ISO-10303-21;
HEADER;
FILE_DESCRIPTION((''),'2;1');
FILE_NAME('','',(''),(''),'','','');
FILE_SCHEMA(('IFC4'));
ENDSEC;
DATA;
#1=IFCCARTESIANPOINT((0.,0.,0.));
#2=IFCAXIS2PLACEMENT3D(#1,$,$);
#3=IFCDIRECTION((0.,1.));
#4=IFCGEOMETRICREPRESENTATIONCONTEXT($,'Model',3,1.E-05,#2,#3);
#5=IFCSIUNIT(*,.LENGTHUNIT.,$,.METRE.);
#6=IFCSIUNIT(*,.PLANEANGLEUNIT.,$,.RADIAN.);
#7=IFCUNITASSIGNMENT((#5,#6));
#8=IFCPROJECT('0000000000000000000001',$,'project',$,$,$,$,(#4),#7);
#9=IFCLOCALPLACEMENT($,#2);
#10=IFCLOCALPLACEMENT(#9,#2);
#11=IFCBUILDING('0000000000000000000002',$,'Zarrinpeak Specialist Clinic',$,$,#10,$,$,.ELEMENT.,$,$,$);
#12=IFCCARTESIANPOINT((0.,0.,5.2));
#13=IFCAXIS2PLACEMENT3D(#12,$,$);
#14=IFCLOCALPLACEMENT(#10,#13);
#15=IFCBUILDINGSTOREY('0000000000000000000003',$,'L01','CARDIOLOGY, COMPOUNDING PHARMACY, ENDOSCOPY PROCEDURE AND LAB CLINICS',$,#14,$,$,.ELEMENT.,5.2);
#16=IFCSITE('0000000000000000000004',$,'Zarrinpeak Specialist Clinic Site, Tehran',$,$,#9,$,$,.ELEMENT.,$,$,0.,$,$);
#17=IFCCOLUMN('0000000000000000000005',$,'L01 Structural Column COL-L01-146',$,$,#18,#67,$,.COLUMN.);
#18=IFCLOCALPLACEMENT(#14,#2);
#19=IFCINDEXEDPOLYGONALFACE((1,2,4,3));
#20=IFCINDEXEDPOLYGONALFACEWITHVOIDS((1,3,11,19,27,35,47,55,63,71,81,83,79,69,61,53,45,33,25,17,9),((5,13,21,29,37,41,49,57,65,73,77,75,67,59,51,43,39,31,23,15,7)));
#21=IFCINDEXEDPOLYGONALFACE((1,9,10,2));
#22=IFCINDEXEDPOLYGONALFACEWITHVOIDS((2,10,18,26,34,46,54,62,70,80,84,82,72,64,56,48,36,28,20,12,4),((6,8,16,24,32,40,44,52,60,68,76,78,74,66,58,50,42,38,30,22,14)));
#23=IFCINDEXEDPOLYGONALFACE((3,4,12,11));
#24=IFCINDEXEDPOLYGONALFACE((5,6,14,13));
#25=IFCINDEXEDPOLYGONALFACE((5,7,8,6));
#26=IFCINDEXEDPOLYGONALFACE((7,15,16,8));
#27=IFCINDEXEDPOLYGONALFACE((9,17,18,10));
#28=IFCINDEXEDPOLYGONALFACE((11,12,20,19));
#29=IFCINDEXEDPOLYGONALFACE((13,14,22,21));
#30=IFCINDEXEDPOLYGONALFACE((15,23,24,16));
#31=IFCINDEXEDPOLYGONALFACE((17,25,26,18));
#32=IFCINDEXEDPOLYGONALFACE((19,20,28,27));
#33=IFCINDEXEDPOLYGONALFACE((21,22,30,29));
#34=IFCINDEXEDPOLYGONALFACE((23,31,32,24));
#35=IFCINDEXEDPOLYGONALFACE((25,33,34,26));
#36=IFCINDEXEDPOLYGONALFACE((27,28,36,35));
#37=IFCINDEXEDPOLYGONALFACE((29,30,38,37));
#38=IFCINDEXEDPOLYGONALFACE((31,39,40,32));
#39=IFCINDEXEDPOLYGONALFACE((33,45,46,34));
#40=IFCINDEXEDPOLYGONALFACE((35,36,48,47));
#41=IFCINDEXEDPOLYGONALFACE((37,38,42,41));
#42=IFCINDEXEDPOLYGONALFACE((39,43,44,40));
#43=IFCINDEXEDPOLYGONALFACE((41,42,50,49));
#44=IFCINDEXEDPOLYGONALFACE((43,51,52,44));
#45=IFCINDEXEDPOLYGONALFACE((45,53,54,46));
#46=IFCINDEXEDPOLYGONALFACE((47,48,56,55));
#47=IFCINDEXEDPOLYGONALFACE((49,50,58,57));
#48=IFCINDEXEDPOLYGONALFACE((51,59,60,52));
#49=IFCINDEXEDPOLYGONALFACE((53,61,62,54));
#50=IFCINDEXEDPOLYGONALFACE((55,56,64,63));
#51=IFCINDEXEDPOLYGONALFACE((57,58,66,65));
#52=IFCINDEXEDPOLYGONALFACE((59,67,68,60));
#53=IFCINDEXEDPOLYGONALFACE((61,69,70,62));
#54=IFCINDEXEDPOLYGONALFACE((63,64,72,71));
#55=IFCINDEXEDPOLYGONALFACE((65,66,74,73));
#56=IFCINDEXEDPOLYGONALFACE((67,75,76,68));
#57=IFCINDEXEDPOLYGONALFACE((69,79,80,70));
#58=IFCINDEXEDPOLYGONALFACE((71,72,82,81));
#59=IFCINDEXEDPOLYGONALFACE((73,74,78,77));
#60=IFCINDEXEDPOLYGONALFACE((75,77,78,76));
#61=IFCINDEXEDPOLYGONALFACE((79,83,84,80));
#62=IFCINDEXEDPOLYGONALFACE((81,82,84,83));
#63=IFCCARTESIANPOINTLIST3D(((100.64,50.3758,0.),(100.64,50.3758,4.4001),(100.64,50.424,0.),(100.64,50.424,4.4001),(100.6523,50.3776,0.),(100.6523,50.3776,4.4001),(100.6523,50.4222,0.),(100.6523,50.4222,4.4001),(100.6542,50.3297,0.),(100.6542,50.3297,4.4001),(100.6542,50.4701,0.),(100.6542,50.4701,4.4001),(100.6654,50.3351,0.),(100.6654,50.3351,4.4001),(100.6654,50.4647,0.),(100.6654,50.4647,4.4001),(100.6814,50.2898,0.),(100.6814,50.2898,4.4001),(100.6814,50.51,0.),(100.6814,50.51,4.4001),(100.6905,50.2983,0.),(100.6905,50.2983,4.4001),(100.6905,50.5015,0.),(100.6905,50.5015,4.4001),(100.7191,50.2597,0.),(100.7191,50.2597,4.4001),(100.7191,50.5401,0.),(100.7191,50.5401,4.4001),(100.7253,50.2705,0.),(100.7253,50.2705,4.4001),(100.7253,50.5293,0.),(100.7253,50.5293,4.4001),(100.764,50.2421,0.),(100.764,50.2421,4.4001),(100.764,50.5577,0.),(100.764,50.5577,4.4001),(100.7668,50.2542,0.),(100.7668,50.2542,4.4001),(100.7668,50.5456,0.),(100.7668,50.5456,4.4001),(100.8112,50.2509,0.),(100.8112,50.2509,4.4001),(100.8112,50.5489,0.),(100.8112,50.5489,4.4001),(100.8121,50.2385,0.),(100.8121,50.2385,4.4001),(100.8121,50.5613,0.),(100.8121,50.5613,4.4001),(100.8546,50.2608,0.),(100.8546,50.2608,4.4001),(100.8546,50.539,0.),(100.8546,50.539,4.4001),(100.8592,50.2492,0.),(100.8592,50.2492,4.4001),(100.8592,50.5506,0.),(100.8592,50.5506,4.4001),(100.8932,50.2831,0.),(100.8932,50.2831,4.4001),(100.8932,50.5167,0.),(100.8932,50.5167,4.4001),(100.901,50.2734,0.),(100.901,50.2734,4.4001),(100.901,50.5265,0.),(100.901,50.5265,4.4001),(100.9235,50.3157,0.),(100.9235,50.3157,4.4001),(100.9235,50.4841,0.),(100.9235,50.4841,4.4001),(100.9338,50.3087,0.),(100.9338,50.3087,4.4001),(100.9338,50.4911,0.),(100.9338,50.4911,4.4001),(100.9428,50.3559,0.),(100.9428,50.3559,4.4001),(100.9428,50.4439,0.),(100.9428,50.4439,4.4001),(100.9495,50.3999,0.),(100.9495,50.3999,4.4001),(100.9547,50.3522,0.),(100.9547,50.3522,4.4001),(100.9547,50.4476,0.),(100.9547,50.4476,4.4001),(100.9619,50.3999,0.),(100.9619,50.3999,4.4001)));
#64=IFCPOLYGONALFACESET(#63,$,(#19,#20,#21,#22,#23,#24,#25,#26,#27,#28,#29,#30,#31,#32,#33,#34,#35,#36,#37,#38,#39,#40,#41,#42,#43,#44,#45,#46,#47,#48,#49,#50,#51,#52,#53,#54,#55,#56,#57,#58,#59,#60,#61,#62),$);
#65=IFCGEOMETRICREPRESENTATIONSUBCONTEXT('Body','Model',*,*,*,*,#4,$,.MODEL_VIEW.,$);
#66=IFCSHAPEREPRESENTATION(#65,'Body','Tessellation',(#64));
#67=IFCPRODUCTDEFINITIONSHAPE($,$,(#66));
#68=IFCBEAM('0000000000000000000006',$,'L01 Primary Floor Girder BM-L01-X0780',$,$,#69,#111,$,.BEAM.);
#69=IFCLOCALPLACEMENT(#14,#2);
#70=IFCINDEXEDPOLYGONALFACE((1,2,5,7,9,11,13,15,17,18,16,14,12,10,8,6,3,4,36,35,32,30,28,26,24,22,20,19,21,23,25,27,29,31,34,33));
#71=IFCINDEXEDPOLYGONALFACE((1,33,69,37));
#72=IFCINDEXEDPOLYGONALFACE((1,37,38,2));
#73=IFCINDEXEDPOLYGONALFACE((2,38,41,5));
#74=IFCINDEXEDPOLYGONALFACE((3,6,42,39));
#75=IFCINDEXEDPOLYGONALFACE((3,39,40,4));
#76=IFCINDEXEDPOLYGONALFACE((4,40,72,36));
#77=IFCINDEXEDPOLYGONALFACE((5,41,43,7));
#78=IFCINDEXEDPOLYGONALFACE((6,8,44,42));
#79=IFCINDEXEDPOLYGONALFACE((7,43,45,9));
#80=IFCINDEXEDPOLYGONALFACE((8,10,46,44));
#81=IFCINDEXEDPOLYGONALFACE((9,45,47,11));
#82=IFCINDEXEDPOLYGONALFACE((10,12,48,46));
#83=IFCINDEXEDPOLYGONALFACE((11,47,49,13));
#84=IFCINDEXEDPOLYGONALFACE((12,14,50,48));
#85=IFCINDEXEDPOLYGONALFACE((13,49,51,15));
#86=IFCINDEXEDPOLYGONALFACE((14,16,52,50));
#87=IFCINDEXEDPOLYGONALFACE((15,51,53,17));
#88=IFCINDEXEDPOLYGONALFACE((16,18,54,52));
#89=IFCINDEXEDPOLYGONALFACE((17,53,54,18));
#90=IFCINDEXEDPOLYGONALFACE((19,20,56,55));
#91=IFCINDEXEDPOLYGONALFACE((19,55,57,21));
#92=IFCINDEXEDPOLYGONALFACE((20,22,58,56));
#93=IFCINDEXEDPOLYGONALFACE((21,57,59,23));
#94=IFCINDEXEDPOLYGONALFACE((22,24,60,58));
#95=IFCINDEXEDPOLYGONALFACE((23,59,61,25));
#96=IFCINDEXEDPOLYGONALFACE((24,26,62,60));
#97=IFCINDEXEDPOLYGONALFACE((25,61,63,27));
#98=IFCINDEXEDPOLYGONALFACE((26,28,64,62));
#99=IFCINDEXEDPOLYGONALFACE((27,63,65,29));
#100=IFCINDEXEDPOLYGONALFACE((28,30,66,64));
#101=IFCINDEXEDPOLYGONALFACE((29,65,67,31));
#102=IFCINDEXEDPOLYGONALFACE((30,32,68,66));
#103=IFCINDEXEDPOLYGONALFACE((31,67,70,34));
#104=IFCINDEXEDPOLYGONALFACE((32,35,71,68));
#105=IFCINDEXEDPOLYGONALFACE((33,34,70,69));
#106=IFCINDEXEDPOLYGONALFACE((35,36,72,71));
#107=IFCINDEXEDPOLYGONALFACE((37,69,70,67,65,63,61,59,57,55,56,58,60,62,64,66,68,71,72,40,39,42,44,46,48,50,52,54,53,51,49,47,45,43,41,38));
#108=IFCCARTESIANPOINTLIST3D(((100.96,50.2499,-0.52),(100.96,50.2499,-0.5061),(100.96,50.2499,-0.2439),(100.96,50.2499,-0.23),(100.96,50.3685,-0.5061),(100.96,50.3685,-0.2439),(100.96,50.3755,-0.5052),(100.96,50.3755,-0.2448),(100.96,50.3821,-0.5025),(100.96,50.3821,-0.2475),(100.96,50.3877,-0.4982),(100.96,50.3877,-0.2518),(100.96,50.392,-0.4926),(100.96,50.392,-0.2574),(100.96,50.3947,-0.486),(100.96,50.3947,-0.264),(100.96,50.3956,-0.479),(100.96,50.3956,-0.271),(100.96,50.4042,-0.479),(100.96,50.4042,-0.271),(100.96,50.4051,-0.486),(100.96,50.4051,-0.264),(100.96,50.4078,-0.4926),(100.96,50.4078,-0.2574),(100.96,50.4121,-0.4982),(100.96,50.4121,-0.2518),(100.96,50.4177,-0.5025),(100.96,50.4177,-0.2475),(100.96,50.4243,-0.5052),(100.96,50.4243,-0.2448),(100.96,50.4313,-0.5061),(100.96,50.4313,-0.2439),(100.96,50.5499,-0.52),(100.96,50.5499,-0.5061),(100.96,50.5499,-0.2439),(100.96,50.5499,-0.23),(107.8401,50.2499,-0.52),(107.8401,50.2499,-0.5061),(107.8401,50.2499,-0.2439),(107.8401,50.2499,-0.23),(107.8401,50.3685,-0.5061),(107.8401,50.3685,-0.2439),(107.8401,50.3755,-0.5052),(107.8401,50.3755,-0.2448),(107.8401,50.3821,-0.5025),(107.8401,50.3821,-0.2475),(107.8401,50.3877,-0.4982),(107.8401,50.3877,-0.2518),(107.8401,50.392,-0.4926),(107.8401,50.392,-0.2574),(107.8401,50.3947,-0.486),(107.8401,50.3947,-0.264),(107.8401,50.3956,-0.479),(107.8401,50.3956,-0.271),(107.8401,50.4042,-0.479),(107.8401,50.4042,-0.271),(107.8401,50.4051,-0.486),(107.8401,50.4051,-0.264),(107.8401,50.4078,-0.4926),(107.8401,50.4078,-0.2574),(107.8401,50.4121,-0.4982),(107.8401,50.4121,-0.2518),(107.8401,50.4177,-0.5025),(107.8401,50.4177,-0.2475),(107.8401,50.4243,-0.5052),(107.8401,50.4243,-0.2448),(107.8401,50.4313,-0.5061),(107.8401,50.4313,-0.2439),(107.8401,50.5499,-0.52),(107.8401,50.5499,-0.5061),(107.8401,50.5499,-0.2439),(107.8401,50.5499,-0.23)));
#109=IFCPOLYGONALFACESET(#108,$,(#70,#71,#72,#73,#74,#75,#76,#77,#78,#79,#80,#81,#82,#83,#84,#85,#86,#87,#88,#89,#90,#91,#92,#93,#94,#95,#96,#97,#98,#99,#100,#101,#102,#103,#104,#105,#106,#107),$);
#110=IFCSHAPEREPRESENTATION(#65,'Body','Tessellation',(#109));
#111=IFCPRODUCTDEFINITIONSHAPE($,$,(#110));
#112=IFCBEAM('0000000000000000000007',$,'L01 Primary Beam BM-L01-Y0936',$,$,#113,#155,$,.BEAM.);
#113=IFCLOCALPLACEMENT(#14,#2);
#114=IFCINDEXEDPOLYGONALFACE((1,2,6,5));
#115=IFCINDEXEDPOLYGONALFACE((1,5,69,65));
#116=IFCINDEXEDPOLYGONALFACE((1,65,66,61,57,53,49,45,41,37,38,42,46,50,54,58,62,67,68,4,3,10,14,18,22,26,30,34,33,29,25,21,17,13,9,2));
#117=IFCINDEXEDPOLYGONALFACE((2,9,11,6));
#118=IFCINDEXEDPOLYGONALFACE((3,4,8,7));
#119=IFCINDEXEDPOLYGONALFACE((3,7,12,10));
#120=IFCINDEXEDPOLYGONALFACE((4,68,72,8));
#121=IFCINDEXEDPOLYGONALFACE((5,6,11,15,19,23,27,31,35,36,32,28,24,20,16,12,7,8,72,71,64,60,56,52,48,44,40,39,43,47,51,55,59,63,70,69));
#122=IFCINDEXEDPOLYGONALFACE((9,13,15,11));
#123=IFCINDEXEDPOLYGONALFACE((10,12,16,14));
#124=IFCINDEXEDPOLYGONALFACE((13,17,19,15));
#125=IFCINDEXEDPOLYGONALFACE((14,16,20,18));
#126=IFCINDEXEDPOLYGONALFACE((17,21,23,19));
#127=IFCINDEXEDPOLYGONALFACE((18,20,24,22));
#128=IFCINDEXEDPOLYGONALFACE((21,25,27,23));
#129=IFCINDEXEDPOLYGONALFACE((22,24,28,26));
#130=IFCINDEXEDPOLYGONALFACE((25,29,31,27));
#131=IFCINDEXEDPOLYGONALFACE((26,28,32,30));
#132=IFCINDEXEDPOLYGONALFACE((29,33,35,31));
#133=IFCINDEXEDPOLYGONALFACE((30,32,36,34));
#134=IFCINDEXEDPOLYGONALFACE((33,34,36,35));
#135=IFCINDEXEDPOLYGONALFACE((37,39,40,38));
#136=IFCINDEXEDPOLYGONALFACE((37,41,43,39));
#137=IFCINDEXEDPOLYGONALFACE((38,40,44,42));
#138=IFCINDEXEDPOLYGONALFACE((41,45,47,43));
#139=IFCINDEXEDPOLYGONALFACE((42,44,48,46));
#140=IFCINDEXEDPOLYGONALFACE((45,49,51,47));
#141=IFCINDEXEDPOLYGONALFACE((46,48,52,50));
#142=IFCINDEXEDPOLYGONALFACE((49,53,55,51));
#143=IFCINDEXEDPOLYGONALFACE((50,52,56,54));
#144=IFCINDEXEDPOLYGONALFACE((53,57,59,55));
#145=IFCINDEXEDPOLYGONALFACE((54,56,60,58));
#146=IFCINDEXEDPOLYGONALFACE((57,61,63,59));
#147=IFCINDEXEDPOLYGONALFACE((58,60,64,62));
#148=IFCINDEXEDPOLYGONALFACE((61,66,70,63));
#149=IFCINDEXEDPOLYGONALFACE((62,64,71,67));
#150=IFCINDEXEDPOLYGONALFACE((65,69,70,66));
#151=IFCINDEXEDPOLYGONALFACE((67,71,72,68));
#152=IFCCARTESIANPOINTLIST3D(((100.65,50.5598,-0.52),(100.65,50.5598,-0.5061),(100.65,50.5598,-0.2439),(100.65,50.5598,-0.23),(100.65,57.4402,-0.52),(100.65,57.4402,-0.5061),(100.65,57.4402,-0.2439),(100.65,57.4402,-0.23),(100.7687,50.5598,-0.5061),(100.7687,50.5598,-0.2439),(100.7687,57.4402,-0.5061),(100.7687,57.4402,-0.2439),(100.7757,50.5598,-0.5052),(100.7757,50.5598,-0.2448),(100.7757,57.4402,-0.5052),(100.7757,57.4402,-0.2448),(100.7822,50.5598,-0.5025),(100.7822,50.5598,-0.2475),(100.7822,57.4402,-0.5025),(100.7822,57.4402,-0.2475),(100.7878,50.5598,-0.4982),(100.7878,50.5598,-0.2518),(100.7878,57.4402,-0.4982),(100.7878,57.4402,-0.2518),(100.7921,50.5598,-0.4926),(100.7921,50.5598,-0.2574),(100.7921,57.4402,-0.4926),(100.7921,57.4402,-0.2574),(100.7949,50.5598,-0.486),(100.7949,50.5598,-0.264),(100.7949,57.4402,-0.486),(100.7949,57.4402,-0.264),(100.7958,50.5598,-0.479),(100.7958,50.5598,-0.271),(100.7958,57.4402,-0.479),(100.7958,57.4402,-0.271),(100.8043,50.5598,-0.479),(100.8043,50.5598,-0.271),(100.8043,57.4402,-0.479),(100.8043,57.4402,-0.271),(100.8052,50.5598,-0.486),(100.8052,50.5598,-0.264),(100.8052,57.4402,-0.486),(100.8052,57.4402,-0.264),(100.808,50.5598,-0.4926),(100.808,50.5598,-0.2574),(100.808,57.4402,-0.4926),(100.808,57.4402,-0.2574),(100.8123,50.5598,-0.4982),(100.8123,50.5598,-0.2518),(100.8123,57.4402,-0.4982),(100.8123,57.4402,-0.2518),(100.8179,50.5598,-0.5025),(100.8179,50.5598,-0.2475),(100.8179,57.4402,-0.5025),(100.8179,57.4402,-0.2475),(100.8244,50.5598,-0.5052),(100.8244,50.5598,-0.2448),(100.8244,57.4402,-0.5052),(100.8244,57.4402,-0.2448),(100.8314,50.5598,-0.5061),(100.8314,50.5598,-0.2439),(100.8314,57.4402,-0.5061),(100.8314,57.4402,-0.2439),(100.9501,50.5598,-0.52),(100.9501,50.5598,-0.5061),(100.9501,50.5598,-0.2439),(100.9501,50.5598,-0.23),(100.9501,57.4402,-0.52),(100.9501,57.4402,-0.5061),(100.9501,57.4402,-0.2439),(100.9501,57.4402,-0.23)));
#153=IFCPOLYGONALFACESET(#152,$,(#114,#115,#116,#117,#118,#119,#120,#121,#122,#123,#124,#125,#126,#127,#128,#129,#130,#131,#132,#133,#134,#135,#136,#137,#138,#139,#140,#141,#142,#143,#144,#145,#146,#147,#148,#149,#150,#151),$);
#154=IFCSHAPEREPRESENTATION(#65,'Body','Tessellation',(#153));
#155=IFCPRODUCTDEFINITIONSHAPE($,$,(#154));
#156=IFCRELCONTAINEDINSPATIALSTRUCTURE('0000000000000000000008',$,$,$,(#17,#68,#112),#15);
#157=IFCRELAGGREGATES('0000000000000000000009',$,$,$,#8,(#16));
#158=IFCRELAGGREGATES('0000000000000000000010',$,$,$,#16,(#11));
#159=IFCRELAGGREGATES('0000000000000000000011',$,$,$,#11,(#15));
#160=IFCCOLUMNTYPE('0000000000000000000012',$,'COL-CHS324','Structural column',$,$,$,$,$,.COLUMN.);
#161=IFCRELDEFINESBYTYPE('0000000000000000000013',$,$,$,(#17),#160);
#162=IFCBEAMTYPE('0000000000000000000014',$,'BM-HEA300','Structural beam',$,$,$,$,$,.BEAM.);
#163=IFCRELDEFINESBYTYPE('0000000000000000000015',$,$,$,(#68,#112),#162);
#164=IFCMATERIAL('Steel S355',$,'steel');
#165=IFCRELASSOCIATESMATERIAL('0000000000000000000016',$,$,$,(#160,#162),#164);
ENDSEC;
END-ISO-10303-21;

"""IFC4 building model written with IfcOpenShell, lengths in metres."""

from ifc_helpers import new_model, si_unit, direction, frame, origin, origin_2d, place, context, subcontext, project, spatial, hollow_circle, i_section, extrude, material, material_profile, profile_set, type_object, element, save


model = new_model("IFC4")

# Units and contexts
model_context = context("Model", 3, precision=1e-05, world=origin(), true_north=direction((0.0, 1.0)))
body_context = subcontext(model_context, "Body", "Model", "MODEL_VIEW")
ifc_project = project(units=[si_unit("LENGTHUNIT", "METRE"), si_unit("PLANEANGLEUNIT", "RADIAN")], contexts=[model_context])

# Site, building, storey
site_placement = place(None, origin())
site = spatial("IfcSite", under=ifc_project, at=site_placement, Name="Zarrinpeak Specialist Clinic Site, Tehran", CompositionType="ELEMENT", RefElevation=0.0)
building_placement = place(site_placement, origin())
building = spatial("IfcBuilding", under=site, at=building_placement, Name="Zarrinpeak Specialist Clinic", CompositionType="ELEMENT")
storey_placement = place(building_placement, frame((0.0, 0.0, 5.2)))
storey = spatial("IfcBuildingStorey", under=building, at=storey_placement, Name="L01", Description="CARDIOLOGY, COMPOUNDING PHARMACY, ENDOSCOPY PROCEDURE AND LAB CLINICS", CompositionType="ELEMENT", Elevation=5.2)

# Column
ifc_material_1 = material(Name="Steel S355", Category="steel")
ifc_material_profile_1 = material_profile(ifc_material_1, hollow_circle(Radius=0.1619, WallThickness=0.0125, at=origin_2d()), Name="CHS 323.9x12.5")
ifc_profile_set_1 = profile_set([ifc_material_profile_1], Name="Steel S355")
column_type = type_object("IfcColumnType", Name="COL-CHS324", Description="Structural column", PredefinedType="COLUMN", material=ifc_profile_set_1)
column_placement = place(storey_placement, frame((100.8, 50.3999, 0.0), z_axis=(0.0, 0.0, 1.0), x_axis=(1.0, 0.0, 0.0)))
element("IfcColumn", 1, at=column_placement, inside=storey, type_object=column_type, Name="L01 Structural Column COL-L01-146", PredefinedType="COLUMN", context=body_context, shape_type="SweptSolid", body=[
    extrude(hollow_circle(Radius=0.1619, WallThickness=0.0125, at=origin_2d()), origin(), (0.0, 0.0, 1.0), 4.4001),
])

# Beams
ifc_material_profile_2 = material_profile(ifc_material_1, i_section(OverallWidth=0.3, OverallDepth=0.29, WebThickness=0.0085, FlangeThickness=0.0139, FilletRadius=0.0271, at=origin_2d()), Name="HEA 300")
ifc_profile_set_2 = profile_set([ifc_material_profile_2], Name="Steel S355")
beam_type_1 = type_object("IfcBeamType", Name="BM-HEA300", Description="Structural beam", PredefinedType="BEAM", material=ifc_profile_set_2)
beam_1_placement = place(storey_placement, frame((100.96, 50.3999, -0.375), z_axis=(1.0, 0.0, 0.0), x_axis=(0.0, 1.0, 0.0)))
element("IfcBeam", 2, at=beam_1_placement, inside=storey, type_object=beam_type_1, Name="L01 Primary Floor Girder BM-L01-X0780", PredefinedType="BEAM", context=body_context, shape_type="SweptSolid", body=[
    extrude(i_section(OverallWidth=0.3, OverallDepth=0.29, WebThickness=0.0085, FlangeThickness=0.0139, FilletRadius=0.0271, at=origin_2d()), origin(), (0.0, 0.0, 1.0), 6.8801),
])
beam_2_placement = place(storey_placement, frame((100.8, 50.5598, -0.375), z_axis=(0.0, 1.0, 0.0), x_axis=(-1.0, 0.0, 0.0)))
element("IfcBeam", 3, at=beam_2_placement, inside=storey, type_object=beam_type_1, Name="L01 Primary Beam BM-L01-Y0936", PredefinedType="BEAM", context=body_context, shape_type="SweptSolid", body=[
    extrude(i_section(OverallWidth=0.3, OverallDepth=0.29, WebThickness=0.0085, FlangeThickness=0.0139, FilletRadius=0.0271, at=origin_2d()), origin(), (0.0, 0.0, 1.0), 6.8804),
])

save(model, "model.ifc")
